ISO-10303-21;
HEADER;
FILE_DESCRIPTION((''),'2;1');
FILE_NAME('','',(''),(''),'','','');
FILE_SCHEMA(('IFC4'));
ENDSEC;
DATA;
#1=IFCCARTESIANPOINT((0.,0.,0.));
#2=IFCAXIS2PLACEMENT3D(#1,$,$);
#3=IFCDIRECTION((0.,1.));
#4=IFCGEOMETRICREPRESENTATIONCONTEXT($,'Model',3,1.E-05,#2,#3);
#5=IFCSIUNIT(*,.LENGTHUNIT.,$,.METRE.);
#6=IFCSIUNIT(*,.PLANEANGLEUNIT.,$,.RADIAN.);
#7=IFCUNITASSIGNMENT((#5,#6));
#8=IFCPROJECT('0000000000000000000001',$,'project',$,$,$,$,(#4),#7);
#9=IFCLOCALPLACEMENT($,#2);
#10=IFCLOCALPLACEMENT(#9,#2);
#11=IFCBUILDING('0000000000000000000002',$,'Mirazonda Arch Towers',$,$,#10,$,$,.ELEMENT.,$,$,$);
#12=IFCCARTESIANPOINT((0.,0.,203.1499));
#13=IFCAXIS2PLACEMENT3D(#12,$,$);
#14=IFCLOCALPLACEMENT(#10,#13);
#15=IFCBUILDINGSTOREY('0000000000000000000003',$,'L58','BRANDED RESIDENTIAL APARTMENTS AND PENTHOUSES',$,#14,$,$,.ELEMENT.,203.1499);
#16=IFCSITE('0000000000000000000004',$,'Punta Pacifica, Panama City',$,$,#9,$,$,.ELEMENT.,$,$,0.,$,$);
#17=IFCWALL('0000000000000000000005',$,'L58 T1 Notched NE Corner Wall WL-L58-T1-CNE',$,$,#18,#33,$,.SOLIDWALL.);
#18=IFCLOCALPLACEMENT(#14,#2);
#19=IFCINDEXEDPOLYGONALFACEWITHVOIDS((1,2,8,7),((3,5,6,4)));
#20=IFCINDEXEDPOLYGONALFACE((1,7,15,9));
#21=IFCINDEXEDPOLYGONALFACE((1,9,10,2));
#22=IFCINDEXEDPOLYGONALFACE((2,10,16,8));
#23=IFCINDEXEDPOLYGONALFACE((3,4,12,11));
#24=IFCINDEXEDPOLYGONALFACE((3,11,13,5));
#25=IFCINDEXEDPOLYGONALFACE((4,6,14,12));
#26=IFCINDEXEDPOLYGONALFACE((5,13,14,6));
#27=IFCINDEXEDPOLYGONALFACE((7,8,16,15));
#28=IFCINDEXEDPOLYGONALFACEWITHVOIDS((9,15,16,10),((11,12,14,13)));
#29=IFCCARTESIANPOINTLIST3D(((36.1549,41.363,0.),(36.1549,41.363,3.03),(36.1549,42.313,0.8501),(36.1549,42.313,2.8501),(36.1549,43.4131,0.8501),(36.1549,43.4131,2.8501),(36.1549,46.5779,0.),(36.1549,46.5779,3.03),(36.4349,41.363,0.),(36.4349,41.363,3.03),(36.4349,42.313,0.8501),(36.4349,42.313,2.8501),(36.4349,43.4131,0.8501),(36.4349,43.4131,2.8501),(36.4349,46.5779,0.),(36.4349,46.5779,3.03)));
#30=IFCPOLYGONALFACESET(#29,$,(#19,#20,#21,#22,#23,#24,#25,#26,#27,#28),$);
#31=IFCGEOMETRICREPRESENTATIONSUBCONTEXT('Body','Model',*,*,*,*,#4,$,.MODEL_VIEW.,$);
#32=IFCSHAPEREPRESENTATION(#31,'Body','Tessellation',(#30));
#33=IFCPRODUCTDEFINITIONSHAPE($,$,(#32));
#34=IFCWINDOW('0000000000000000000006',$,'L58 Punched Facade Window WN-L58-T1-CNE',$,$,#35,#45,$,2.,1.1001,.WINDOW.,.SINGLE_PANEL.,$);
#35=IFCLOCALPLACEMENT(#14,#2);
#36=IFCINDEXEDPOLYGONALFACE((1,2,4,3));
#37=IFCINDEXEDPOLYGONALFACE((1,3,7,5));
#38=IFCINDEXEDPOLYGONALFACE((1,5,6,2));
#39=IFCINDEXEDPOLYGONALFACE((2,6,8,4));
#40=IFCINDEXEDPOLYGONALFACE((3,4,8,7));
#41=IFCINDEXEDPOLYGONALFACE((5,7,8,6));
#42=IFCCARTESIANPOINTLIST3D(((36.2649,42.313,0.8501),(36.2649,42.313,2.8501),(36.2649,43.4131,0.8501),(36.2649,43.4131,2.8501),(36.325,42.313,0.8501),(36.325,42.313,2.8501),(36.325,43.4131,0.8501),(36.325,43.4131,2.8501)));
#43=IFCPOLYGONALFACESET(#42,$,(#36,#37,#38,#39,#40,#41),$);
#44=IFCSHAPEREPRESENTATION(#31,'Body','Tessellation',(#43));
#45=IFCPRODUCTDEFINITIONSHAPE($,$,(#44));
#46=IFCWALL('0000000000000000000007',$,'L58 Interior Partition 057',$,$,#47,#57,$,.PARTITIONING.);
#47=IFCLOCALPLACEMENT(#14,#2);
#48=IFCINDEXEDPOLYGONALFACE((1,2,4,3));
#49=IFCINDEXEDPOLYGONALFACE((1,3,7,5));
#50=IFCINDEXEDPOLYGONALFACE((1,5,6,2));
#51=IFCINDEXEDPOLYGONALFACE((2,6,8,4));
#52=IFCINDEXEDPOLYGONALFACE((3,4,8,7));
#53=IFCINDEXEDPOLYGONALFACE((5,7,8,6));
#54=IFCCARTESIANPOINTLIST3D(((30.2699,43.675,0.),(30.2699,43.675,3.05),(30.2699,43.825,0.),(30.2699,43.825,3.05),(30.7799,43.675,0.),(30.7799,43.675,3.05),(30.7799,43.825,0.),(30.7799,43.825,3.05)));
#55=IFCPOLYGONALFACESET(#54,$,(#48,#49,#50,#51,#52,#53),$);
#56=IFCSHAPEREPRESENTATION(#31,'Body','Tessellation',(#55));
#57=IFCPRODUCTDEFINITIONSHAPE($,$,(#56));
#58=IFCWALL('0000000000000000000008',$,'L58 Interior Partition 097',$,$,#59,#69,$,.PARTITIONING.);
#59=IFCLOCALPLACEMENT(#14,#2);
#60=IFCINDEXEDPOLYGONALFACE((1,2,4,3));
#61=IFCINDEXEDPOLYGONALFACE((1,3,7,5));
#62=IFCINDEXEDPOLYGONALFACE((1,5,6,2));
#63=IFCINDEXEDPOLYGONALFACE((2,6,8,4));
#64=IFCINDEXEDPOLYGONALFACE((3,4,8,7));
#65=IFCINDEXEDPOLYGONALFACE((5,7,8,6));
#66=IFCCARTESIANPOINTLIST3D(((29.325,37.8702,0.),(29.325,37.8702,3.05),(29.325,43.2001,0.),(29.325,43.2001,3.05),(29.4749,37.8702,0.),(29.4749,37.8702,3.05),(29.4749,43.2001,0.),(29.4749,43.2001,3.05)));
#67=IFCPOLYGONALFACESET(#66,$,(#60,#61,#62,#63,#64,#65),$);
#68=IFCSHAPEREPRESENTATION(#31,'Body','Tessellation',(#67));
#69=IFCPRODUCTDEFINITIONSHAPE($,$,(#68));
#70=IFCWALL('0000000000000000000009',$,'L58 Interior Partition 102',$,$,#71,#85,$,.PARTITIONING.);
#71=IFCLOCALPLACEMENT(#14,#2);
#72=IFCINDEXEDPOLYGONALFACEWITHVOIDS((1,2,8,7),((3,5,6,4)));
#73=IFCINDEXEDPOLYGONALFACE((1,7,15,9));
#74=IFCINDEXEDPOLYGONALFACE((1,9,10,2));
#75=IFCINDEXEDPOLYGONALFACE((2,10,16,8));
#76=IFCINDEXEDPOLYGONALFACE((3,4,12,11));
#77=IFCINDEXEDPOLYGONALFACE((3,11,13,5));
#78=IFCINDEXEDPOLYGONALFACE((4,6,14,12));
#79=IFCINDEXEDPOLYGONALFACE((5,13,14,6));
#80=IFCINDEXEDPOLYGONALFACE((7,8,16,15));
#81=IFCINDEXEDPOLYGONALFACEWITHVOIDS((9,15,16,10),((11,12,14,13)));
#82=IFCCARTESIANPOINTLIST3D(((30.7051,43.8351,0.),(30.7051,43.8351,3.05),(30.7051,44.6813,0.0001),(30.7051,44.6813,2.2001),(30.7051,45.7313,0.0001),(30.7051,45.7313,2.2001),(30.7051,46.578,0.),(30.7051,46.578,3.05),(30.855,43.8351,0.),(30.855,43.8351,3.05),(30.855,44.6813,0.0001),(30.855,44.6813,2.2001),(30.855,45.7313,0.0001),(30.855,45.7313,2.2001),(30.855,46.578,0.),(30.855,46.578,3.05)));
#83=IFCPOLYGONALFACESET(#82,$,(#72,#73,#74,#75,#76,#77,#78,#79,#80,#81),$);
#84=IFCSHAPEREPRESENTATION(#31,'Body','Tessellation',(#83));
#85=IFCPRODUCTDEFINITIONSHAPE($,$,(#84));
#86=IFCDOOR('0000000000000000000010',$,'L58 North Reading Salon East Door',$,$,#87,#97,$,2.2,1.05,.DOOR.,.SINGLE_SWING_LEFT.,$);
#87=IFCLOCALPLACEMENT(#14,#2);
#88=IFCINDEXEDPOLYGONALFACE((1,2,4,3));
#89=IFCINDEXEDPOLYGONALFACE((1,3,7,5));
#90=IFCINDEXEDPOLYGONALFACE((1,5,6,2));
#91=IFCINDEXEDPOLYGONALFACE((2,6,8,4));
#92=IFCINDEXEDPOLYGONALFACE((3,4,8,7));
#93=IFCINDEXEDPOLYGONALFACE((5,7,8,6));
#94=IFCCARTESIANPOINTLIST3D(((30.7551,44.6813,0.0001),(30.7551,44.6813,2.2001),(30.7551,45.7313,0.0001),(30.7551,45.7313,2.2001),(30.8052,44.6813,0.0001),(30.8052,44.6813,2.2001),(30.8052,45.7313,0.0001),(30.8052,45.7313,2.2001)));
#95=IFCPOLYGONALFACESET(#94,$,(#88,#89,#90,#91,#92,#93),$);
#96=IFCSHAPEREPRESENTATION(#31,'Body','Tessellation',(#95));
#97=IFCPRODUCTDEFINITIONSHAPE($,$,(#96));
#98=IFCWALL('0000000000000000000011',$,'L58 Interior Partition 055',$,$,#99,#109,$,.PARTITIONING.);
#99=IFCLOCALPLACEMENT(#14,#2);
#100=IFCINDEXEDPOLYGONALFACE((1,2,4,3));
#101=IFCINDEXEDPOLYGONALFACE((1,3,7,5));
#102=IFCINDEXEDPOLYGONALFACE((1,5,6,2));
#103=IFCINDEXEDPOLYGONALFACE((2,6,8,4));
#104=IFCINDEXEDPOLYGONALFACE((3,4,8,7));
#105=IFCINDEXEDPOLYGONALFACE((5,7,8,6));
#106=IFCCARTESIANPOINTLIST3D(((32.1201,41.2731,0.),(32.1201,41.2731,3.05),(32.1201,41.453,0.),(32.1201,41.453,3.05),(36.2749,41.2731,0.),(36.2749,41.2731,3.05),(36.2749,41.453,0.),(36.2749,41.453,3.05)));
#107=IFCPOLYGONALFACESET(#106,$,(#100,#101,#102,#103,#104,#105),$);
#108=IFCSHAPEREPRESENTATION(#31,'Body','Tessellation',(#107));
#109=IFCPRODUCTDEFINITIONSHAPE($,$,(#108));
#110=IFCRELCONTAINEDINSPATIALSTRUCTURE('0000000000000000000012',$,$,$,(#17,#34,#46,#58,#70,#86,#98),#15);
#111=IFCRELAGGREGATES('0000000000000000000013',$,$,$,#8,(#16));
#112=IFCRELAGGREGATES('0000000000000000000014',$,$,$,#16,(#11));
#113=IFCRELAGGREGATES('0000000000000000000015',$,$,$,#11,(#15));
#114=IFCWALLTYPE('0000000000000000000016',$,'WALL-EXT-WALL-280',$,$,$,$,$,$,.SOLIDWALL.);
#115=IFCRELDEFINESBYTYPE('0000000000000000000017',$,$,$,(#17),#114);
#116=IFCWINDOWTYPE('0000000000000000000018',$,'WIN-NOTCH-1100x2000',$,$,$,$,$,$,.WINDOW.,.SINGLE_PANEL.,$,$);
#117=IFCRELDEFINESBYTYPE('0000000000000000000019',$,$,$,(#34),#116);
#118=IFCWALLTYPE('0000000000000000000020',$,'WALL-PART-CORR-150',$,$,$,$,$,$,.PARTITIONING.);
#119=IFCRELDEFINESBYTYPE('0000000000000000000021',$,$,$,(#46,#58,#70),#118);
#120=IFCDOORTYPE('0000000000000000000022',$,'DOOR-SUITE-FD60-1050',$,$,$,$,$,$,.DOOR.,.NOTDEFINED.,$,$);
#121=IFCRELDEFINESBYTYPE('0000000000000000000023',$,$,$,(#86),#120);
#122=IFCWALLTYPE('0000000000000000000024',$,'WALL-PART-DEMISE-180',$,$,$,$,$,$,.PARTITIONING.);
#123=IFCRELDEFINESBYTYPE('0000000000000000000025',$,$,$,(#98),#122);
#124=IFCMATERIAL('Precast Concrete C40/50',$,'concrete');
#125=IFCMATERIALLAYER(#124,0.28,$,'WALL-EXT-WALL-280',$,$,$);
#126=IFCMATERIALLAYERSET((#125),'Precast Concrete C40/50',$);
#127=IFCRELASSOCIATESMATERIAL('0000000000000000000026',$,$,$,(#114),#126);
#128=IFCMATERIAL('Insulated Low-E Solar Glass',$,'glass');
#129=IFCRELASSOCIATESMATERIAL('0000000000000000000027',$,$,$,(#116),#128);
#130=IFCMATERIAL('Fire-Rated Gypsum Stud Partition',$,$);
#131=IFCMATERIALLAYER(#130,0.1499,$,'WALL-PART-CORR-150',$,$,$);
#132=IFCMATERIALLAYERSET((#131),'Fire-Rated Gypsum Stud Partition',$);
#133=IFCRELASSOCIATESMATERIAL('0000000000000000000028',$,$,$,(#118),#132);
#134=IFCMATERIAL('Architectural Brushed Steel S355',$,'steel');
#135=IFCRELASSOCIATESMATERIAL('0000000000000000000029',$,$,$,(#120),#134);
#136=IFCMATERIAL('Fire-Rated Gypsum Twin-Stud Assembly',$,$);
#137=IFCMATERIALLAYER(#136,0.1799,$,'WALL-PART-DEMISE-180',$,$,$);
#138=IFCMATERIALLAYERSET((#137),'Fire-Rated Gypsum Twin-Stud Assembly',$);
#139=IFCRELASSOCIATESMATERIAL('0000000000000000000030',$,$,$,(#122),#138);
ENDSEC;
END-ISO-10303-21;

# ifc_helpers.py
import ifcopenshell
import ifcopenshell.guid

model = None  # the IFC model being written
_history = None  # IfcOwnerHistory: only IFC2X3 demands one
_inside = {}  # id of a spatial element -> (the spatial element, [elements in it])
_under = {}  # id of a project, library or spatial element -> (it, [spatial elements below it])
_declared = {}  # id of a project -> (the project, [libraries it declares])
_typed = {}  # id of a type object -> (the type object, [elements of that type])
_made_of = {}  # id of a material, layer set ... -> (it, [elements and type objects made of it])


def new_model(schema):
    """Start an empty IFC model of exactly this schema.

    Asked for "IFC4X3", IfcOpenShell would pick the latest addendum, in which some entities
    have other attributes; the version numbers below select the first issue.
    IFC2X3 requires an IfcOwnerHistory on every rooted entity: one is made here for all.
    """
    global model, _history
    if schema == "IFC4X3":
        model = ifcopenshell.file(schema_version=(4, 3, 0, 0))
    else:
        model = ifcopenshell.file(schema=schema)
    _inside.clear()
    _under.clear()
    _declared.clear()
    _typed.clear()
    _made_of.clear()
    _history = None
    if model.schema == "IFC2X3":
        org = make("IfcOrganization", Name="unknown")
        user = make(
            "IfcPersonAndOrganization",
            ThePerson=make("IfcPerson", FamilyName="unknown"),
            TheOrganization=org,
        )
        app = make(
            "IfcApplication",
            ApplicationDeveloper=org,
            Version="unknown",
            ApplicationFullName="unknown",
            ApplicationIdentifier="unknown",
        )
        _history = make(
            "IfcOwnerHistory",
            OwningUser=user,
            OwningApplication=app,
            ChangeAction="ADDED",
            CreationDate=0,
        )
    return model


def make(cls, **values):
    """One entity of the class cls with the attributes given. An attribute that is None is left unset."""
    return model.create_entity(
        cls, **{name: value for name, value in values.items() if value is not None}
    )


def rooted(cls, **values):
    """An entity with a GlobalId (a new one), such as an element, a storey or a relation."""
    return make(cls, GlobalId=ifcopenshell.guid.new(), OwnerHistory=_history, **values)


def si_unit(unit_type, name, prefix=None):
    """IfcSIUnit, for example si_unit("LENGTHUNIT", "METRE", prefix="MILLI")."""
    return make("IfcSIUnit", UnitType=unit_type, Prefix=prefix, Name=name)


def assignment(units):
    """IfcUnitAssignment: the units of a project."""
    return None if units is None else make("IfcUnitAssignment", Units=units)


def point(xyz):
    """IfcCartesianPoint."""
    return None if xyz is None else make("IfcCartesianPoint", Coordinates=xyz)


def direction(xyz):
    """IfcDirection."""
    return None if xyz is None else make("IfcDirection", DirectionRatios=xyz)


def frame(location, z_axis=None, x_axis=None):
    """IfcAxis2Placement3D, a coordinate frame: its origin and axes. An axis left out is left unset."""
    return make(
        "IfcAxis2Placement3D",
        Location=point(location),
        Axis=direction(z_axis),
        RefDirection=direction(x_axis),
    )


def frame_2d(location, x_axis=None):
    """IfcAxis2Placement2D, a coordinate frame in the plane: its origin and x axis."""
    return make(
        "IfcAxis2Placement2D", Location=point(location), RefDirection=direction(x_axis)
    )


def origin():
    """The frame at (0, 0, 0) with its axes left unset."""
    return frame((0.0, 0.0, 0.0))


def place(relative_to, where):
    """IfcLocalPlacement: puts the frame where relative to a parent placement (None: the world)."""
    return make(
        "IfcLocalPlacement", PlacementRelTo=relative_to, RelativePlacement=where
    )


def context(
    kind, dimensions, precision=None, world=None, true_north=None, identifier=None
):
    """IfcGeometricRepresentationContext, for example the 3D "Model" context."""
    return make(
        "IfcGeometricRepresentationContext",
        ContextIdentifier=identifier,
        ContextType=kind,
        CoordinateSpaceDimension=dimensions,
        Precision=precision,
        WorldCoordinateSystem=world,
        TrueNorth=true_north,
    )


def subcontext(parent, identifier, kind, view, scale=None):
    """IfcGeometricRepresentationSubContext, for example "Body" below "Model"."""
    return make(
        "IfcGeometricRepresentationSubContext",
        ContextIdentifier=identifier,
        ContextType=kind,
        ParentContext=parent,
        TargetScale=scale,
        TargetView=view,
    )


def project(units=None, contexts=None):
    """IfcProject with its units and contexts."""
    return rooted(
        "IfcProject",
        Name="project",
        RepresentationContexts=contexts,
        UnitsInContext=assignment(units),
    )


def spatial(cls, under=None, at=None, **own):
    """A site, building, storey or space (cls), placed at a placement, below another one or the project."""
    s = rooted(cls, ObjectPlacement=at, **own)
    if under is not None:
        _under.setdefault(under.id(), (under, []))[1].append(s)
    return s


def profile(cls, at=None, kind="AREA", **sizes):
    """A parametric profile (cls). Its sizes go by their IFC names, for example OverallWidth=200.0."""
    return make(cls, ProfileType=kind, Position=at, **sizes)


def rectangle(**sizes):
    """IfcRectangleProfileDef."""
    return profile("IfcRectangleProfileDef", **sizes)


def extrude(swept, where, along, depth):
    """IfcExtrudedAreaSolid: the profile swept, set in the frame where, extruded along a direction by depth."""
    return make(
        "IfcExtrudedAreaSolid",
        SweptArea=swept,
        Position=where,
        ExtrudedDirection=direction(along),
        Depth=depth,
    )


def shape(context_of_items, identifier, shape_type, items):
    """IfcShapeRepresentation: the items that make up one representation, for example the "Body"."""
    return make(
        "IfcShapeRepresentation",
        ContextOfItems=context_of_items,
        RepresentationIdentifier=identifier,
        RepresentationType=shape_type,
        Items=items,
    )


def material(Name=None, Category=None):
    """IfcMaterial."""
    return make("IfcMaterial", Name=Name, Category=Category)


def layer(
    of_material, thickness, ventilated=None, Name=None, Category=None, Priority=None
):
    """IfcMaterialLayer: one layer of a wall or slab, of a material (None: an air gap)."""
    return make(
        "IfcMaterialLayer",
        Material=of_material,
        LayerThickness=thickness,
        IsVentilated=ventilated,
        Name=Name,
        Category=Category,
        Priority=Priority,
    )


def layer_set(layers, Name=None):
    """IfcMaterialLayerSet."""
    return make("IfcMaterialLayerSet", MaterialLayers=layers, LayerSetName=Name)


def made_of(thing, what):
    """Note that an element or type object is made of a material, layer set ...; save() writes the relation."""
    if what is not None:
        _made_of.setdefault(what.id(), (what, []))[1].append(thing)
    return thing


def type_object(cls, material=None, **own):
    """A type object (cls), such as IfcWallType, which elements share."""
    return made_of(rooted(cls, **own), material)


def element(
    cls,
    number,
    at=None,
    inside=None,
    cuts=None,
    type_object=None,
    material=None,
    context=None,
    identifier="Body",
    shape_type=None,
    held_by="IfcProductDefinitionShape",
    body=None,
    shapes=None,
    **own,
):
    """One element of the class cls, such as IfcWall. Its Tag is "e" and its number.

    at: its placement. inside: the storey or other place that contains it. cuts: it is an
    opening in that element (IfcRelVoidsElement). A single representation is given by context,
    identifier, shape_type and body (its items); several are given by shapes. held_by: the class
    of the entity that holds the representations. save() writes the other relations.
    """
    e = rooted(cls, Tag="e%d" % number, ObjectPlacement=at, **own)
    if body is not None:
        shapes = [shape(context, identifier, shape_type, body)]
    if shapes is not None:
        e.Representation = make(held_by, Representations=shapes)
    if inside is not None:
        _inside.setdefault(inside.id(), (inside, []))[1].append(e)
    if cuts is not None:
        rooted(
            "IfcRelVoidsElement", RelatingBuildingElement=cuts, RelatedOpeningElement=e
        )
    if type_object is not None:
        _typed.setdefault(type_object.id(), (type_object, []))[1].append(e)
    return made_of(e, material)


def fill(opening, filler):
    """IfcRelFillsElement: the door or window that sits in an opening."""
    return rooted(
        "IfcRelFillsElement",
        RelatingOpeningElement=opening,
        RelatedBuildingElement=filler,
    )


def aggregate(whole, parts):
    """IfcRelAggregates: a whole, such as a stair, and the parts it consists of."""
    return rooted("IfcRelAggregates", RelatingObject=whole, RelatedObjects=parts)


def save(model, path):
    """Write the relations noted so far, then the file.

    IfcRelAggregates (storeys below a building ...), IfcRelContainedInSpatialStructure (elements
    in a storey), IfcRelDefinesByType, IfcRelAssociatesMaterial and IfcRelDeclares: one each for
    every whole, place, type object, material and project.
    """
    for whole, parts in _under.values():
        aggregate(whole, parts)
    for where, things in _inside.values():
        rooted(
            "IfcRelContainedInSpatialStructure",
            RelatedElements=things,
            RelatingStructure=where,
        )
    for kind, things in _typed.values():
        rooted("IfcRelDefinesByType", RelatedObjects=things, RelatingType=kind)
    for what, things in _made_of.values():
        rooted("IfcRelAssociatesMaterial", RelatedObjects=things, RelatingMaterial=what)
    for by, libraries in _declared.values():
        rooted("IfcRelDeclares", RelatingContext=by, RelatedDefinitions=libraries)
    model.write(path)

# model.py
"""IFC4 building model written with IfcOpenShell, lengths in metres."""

from ifc_helpers import new_model, si_unit, direction, frame, frame_2d, origin, place, context, subcontext, project, spatial, rectangle, extrude, material, layer, layer_set, type_object, element, fill, save


model = new_model("IFC4")

# Units and contexts
model_context = context("Model", 3, precision=1e-05, world=origin(), true_north=direction((0.0, 1.0)))
body_context = subcontext(model_context, "Body", "Model", "MODEL_VIEW")
ifc_project = project(units=[si_unit("LENGTHUNIT", "METRE"), si_unit("PLANEANGLEUNIT", "RADIAN")], contexts=[model_context])

# Site, building, storey
site_placement = place(None, origin())
site = spatial("IfcSite", under=ifc_project, at=site_placement, Name="Punta Pacifica, Panama City", CompositionType="ELEMENT", RefElevation=0.0)
building_placement = place(site_placement, origin())
building = spatial("IfcBuilding", under=site, at=building_placement, Name="Mirazonda Arch Towers", CompositionType="ELEMENT")
storey_placement = place(building_placement, frame((0.0, 0.0, 203.1499)))
storey = spatial("IfcBuildingStorey", under=building, at=storey_placement, Name="L58", Description="BRANDED RESIDENTIAL APARTMENTS AND PENTHOUSES", CompositionType="ELEMENT", Elevation=203.1499)

# Shared definitions
ifc_material_1 = material(Name="Insulated Low-E Solar Glass", Category="glass")

# Wall, opening, window
ifc_material_2 = material(Name="Precast Concrete C40/50", Category="concrete")
ifc_layer_1 = layer(ifc_material_2, 0.28, Name="WALL-EXT-WALL-280")
ifc_layer_set_1 = layer_set([ifc_layer_1], Name="Precast Concrete C40/50")
wall_type_1 = type_object("IfcWallType", Name="WALL-EXT-WALL-280", PredefinedType="SOLIDWALL", material=ifc_layer_set_1)
wall_1_placement = place(storey_placement, frame((36.2949, 41.363, 0.0), z_axis=(0.0, 0.0, 1.0), x_axis=(0.0, 1.0, 0.0)))
wall_1 = element("IfcWall", 1, at=wall_1_placement, inside=storey, type_object=wall_type_1, Name="L58 T1 Notched NE Corner Wall WL-L58-T1-CNE", PredefinedType="SOLIDWALL", context=body_context, shape_type="SweptSolid", body=[
    extrude(rectangle(XDim=5.2148, YDim=0.28, at=frame_2d((2.6074, 0.0))), origin(), (0.0, 0.0, 1.0), 3.03),
])
opening_1_placement = place(wall_1_placement, frame((0.95, 0.0, 0.8501)))
opening_1 = element("IfcOpeningElement", 2, at=opening_1_placement, cuts=wall_1, PredefinedType="OPENING", context=body_context, shape_type="SweptSolid", body=[
    extrude(rectangle(XDim=1.1001, YDim=2.0, at=frame_2d((0.55, 1.0))), frame((0.0, 0.1499, 0.0), z_axis=(0.0, -1.0, 0.0), x_axis=(1.0, 0.0, 0.0)), (0.0, 0.0, 1.0), 0.3),
])
window_type = type_object("IfcWindowType", Name="WIN-NOTCH-1100x2000", PartitioningType="SINGLE_PANEL", PredefinedType="WINDOW", material=ifc_material_1)
window_placement = place(opening_1_placement, origin())
window = element("IfcWindow", 3, at=window_placement, inside=storey, type_object=window_type, Name="L58 Punched Facade Window WN-L58-T1-CNE", OverallHeight=2.0, OverallWidth=1.1001, PartitioningType="SINGLE_PANEL", PredefinedType="WINDOW", context=body_context, shape_type="SweptSolid", body=[
    extrude(rectangle(XDim=1.1001, YDim=2.0, at=frame_2d((0.55, 1.0))), frame((0.0, 0.03, 0.0), z_axis=(0.0, -1.0, 0.0), x_axis=(1.0, 0.0, 0.0)), (0.0, 0.0, 1.0), 0.0601),
])
fill(opening_1, window)

# Walls
ifc_material_3 = material(Name="Fire-Rated Gypsum Stud Partition")
ifc_layer_2 = layer(ifc_material_3, 0.1499, Name="WALL-PART-CORR-150")
ifc_layer_set_2 = layer_set([ifc_layer_2], Name="Fire-Rated Gypsum Stud Partition")
wall_type_2 = type_object("IfcWallType", Name="WALL-PART-CORR-150", PredefinedType="PARTITIONING", material=ifc_layer_set_2)
wall_2_placement = place(storey_placement, frame((30.27, 43.75, 0.0), z_axis=(0.0, 0.0, 1.0), x_axis=(1.0, 0.0, 0.0)))
element("IfcWall", 4, at=wall_2_placement, inside=storey, type_object=wall_type_2, Name="L58 Interior Partition 057", PredefinedType="PARTITIONING", context=body_context, shape_type="SweptSolid", body=[
    extrude(rectangle(XDim=0.51, YDim=0.1499, at=frame_2d((0.2549, 0.0))), origin(), (0.0, 0.0, 1.0), 3.05),
])
wall_3_placement = place(storey_placement, frame((29.3999, 37.8701, 0.0), z_axis=(0.0, 0.0, 1.0), x_axis=(0.0, 1.0, 0.0)))
element("IfcWall", 5, at=wall_3_placement, inside=storey, type_object=wall_type_2, Name="L58 Interior Partition 097", PredefinedType="PARTITIONING", context=body_context, shape_type="SweptSolid", body=[
    extrude(rectangle(XDim=5.3298, YDim=0.1499, at=frame_2d((2.665, 0.0))), origin(), (0.0, 0.0, 1.0), 3.05),
])

# Wall, opening, door
wall_4_placement = place(storey_placement, frame((30.78, 43.835, 0.0), z_axis=(0.0, 0.0, 1.0), x_axis=(0.0, 1.0, 0.0)))
wall_4 = element("IfcWall", 6, at=wall_4_placement, inside=storey, type_object=wall_type_2, Name="L58 Interior Partition 102", PredefinedType="PARTITIONING", context=body_context, shape_type="SweptSolid", body=[
    extrude(rectangle(XDim=2.7429, YDim=0.1499, at=frame_2d((1.3716, 0.0))), origin(), (0.0, 0.0, 1.0), 3.05),
])
opening_2_placement = place(wall_4_placement, frame((0.8464, 0.0, 0.0)))
opening_2 = element("IfcOpeningElement", 7, at=opening_2_placement, cuts=wall_4, PredefinedType="OPENING", context=body_context, shape_type="SweptSolid", body=[
    extrude(rectangle(XDim=1.05, YDim=2.2, at=frame_2d((0.5249, 1.1001))), frame((0.0, 0.085, 0.0), z_axis=(0.0, -1.0, 0.0), x_axis=(1.0, 0.0, 0.0)), (0.0, 0.0, 1.0), 0.1699),
])
ifc_material_4 = material(Name="Architectural Brushed Steel S355", Category="steel")
door_type_1 = type_object("IfcDoorType", Name="DOOR-SUITE-FD60-1050", OperationType="NOTDEFINED", PredefinedType="DOOR", material=ifc_material_4)
door_1_placement = place(opening_2_placement, origin())
door_1 = element("IfcDoor", 8, at=door_1_placement, inside=storey, type_object=door_type_1, Name="L58 North Reading Salon East Door", OperationType="SINGLE_SWING_LEFT", OverallHeight=2.2, OverallWidth=1.05, PredefinedType="DOOR", context=body_context, shape_type="SweptSolid", body=[
    extrude(rectangle(XDim=1.05, YDim=2.2, at=frame_2d((0.5249, 1.1001))), frame((0.0, 0.0249, 0.0), z_axis=(0.0, -1.0, 0.0), x_axis=(1.0, 0.0, 0.0)), (0.0, 0.0, 1.0), 0.05),
])
fill(opening_2, door_1)

# Wall
ifc_material_5 = material(Name="Fire-Rated Gypsum Twin-Stud Assembly")
ifc_layer_3 = layer(ifc_material_5, 0.1799, Name="WALL-PART-DEMISE-180")
ifc_layer_set_3 = layer_set([ifc_layer_3], Name="Fire-Rated Gypsum Twin-Stud Assembly")
wall_type_3 = type_object("IfcWallType", Name="WALL-PART-DEMISE-180", PredefinedType="PARTITIONING", material=ifc_layer_set_3)
wall_5_placement = place(storey_placement, frame((32.1201, 41.363, 0.0), z_axis=(0.0, 0.0, 1.0), x_axis=(1.0, 0.0, 0.0)))
element("IfcWall", 9, at=wall_5_placement, inside=storey, type_object=wall_type_3, Name="L58 Interior Partition 055", PredefinedType="PARTITIONING", context=body_context, shape_type="SweptSolid", body=[
    extrude(rectangle(XDim=4.1548, YDim=0.1799, at=frame_2d((2.0774, 0.0))), origin(), (0.0, 0.0, 1.0), 3.05),
])

save(model, "model.ifc")
